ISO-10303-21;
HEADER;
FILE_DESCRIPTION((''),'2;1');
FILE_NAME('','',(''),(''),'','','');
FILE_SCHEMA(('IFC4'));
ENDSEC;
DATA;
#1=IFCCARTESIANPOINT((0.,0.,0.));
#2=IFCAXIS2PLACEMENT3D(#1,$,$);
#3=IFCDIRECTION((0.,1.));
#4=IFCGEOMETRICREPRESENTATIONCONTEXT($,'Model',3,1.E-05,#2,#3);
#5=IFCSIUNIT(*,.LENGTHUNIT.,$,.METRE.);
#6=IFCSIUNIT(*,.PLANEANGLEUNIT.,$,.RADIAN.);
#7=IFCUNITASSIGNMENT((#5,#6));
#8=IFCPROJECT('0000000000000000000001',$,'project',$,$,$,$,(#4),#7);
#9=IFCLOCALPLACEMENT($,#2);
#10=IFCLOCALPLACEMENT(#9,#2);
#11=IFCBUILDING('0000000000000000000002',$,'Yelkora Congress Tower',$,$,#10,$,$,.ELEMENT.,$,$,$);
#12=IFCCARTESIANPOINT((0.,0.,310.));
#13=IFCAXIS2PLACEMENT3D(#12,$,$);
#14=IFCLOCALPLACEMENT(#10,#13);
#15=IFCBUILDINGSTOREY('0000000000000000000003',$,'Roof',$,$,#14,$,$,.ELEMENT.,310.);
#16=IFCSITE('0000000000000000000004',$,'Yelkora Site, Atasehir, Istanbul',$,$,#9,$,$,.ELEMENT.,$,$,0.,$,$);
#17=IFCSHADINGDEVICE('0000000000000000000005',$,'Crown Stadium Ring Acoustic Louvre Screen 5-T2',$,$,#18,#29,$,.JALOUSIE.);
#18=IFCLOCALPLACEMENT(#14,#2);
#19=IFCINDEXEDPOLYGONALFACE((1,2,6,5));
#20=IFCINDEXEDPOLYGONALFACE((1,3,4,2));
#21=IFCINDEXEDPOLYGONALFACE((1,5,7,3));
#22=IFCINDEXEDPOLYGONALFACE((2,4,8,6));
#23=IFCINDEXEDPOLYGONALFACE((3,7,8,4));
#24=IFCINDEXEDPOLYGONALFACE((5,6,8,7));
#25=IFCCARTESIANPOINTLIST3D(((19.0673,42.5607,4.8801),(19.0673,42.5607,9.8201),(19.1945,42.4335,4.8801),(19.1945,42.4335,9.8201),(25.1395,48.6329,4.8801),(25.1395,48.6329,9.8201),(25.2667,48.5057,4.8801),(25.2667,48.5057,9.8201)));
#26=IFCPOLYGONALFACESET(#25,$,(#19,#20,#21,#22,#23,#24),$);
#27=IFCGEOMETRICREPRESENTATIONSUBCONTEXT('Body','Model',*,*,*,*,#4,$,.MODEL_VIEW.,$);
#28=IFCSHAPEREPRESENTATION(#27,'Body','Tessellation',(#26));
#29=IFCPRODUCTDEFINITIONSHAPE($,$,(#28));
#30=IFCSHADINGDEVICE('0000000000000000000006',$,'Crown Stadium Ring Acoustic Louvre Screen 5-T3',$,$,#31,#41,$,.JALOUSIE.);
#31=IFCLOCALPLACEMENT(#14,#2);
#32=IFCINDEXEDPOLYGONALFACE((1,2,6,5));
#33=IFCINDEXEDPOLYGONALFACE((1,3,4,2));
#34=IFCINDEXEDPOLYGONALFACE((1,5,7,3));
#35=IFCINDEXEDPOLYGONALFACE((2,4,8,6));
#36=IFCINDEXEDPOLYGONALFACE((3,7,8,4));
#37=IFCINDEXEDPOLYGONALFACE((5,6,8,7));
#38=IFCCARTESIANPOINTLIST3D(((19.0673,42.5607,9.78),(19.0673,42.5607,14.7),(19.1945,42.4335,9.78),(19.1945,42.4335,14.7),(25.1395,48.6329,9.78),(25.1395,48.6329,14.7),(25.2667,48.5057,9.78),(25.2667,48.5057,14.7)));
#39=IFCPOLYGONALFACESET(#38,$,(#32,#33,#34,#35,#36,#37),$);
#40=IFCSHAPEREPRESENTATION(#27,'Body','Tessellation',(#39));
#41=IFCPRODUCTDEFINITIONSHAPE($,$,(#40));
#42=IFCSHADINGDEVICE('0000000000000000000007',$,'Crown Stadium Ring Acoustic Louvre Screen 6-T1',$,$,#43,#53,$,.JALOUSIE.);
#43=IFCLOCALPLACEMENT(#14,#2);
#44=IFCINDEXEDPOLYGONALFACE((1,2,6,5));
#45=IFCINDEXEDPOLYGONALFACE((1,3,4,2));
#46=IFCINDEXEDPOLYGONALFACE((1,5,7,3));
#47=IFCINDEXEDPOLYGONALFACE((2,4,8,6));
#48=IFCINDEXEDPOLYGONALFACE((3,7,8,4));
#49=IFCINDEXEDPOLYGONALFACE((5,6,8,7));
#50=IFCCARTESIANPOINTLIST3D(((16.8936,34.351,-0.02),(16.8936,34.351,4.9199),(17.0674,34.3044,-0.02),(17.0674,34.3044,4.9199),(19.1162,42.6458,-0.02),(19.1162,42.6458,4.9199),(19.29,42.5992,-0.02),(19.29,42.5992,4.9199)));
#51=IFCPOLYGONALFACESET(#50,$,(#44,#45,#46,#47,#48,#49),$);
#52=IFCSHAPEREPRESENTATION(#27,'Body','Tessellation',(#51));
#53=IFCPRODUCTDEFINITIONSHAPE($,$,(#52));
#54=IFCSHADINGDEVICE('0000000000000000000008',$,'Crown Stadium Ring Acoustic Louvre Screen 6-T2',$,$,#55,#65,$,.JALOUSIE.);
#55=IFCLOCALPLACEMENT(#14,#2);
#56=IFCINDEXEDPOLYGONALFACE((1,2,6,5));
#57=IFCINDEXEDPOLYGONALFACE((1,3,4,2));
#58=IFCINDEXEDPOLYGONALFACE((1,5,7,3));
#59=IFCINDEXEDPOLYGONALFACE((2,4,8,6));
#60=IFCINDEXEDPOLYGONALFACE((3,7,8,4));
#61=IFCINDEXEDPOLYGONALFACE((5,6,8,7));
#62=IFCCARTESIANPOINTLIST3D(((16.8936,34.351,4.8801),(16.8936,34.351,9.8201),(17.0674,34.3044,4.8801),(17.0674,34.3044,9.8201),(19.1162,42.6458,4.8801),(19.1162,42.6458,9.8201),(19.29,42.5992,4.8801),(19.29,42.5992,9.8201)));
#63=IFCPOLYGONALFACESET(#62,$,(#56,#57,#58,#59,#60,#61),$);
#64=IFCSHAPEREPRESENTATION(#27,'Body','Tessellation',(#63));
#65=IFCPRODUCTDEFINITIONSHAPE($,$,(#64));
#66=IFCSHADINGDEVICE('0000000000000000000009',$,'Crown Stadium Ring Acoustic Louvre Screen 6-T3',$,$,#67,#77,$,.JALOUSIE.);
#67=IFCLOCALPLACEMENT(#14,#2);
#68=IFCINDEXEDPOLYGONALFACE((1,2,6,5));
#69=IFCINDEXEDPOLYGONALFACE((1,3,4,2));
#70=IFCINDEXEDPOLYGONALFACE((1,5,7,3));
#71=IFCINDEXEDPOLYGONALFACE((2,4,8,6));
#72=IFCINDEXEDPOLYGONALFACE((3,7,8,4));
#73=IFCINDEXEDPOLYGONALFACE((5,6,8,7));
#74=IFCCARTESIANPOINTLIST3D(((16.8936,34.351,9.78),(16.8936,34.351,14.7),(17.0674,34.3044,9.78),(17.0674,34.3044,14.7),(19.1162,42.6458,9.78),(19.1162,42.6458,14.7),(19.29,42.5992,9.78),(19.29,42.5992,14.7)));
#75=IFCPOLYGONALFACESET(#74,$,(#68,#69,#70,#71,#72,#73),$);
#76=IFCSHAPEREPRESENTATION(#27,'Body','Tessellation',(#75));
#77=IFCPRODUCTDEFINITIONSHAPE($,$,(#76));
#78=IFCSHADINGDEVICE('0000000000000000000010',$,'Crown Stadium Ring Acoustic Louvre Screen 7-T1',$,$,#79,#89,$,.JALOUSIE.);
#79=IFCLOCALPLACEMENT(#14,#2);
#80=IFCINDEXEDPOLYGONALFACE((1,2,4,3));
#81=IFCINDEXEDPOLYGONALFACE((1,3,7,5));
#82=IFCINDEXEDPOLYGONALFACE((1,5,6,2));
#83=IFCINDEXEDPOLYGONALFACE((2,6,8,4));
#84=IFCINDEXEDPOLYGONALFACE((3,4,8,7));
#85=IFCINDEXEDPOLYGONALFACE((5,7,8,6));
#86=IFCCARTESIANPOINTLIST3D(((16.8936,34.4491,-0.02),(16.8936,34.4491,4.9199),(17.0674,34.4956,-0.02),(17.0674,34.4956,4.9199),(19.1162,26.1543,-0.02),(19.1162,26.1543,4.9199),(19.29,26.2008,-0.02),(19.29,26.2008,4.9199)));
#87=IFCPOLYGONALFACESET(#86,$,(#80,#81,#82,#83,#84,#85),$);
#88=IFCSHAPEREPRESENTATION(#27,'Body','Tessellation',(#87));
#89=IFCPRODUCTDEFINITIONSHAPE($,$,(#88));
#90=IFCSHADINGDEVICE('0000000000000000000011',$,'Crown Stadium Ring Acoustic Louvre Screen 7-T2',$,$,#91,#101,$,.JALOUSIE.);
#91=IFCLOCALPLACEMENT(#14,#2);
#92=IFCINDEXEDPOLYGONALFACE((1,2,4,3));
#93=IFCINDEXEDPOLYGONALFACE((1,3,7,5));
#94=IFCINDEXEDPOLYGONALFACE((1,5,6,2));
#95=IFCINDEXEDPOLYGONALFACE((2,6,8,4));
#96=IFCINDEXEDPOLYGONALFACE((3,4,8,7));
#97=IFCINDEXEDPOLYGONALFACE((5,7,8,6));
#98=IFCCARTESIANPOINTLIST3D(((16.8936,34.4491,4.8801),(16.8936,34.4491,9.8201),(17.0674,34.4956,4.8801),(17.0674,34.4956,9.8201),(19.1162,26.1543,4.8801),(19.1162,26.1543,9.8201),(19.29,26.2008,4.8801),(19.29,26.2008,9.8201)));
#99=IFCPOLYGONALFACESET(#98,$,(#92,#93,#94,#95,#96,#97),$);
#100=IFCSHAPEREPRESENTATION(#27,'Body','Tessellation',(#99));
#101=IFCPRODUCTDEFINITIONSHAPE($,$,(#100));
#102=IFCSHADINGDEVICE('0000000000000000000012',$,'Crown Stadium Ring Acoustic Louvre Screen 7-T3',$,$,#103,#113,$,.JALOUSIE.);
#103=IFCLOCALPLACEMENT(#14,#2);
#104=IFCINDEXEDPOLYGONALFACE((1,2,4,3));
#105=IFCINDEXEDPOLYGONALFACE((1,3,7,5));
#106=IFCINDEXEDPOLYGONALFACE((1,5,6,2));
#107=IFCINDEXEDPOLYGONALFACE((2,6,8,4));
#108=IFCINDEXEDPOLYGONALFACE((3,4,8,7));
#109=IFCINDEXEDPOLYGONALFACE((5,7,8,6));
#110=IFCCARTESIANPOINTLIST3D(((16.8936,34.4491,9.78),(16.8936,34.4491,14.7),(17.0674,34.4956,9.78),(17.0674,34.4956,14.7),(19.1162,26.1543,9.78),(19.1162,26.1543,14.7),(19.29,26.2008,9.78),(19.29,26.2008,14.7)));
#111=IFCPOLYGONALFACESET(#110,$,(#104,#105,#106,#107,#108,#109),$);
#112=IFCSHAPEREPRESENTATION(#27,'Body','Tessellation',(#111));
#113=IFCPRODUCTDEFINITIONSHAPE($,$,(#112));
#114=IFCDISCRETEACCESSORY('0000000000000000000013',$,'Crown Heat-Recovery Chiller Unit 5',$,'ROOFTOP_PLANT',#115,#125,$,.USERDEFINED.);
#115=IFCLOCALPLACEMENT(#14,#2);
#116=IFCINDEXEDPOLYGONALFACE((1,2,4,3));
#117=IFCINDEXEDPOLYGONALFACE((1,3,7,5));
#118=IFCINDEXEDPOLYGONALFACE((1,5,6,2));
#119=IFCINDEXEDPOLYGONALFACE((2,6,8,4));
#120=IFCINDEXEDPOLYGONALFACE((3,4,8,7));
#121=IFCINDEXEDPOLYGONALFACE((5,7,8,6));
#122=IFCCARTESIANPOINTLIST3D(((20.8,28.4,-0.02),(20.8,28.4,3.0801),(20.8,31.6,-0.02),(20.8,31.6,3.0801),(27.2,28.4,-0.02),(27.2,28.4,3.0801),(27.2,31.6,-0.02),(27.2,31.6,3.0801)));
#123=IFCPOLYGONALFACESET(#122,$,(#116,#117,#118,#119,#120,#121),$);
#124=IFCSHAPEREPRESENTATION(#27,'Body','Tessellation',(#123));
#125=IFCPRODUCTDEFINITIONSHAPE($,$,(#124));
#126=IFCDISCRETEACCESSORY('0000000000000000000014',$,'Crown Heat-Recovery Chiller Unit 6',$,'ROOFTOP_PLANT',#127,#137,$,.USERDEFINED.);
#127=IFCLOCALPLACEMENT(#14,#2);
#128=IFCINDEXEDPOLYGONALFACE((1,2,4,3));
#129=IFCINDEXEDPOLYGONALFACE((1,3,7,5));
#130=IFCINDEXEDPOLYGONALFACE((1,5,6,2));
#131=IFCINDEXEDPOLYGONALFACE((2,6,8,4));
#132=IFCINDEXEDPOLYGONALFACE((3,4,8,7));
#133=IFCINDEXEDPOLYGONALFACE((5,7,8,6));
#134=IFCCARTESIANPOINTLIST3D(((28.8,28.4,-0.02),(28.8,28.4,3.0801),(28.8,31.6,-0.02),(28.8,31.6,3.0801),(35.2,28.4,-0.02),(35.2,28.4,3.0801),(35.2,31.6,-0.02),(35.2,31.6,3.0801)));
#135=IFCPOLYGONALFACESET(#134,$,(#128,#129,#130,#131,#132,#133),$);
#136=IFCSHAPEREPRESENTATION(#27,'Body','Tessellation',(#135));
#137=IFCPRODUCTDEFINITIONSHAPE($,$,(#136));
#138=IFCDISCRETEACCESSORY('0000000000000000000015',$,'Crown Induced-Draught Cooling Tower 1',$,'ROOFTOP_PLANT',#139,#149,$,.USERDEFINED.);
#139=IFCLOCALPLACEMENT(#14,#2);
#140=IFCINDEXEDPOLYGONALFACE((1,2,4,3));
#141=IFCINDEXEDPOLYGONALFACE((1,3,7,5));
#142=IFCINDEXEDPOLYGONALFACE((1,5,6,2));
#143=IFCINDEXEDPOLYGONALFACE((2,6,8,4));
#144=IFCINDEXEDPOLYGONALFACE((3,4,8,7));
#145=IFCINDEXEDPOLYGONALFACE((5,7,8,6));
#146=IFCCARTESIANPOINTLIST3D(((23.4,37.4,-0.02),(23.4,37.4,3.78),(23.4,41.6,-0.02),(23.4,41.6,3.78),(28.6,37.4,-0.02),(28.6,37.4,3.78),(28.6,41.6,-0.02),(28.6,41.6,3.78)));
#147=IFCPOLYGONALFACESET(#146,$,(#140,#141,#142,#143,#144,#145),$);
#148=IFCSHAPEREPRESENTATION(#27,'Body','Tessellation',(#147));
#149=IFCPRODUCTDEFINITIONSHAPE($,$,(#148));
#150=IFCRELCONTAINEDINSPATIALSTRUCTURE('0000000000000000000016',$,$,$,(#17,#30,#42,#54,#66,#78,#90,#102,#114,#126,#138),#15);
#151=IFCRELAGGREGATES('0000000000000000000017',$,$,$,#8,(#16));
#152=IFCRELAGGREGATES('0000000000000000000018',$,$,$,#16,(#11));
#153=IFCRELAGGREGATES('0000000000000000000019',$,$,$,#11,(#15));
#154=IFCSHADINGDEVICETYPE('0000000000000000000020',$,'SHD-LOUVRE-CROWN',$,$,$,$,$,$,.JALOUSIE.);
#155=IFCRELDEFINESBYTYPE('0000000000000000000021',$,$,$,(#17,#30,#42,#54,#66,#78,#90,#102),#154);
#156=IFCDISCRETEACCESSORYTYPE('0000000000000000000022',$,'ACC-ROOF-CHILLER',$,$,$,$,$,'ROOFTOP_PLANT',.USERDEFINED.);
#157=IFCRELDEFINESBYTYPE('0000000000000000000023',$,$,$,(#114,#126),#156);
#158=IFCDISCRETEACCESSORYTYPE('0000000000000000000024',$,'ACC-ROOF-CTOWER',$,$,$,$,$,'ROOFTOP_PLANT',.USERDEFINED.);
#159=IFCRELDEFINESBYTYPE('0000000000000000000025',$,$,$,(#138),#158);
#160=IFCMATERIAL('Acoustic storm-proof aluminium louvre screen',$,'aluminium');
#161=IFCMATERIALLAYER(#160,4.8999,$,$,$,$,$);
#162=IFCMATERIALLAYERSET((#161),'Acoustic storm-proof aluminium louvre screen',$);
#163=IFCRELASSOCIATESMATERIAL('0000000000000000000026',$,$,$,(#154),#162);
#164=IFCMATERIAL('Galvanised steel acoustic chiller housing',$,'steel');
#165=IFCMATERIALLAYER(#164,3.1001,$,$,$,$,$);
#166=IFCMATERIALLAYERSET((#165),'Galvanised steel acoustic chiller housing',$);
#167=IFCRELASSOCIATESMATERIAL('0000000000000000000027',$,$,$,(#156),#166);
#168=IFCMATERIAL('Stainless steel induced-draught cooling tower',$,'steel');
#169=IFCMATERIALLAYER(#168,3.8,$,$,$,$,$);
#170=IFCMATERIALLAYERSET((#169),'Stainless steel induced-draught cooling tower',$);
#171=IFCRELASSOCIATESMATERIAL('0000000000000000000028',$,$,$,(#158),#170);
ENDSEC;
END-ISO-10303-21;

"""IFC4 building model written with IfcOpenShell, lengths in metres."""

from ifc_helpers import new_model, si_unit, direction, frame, origin, origin_2d, place, context, subcontext, project, spatial, rectangle, extrude, material, layer, layer_set, type_object, element, save


model = new_model("IFC4")

# Units and contexts
model_context = context("Model", 3, precision=1e-05, world=origin(), true_north=direction((0.0, 1.0)))
body_context = subcontext(model_context, "Body", "Model", "MODEL_VIEW")
ifc_project = project(units=[si_unit("LENGTHUNIT", "METRE"), si_unit("PLANEANGLEUNIT", "RADIAN")], contexts=[model_context])

# Site, building, storey
site_placement = place(None, origin())
site = spatial("IfcSite", under=ifc_project, at=site_placement, Name="Yelkora Site, Atasehir, Istanbul", CompositionType="ELEMENT", RefElevation=0.0)
building_placement = place(site_placement, origin())
building = spatial("IfcBuilding", under=site, at=building_placement, Name="Yelkora Congress Tower", CompositionType="ELEMENT")
storey_placement = place(building_placement, frame((0.0, 0.0, 310.0)))
storey = spatial("IfcBuildingStorey", under=building, at=storey_placement, Name="Roof", CompositionType="ELEMENT", Elevation=310.0)

# Shading devices
ifc_material_1 = material(Name="Acoustic storm-proof aluminium louvre screen", Category="aluminium")
ifc_layer_1 = layer(ifc_material_1, 4.8999)
ifc_layer_set_1 = layer_set([ifc_layer_1], Name="Acoustic storm-proof aluminium louvre screen")
shading_device_type = type_object("IfcShadingDeviceType", Name="SHD-LOUVRE-CROWN", PredefinedType="JALOUSIE", material=ifc_layer_set_1)
for number, where, z_axis, x_axis, name in (
    (1, (22.167, 45.5332, 4.8801), (0.0, 0.0, 1.0), (-0.707107, -0.707107, 0.0), "Crown Stadium Ring Acoustic Louvre Screen 5-T2"),
):
    element("IfcShadingDevice", number, at=place(storey_placement, frame(where, z_axis=z_axis, x_axis=x_axis)), inside=storey, type_object=shading_device_type, Name=name, PredefinedType="JALOUSIE", context=body_context, shape_type="SweptSolid", body=[
        extrude(rectangle(XDim=8.5874, YDim=0.1799, at=origin_2d()), origin(), (0.0, 0.0, 1.0), 4.9399),
    ])
shading_device_1_placement = place(storey_placement, frame((22.167, 45.5332, 9.78), z_axis=(0.0, 0.0, 1.0), x_axis=(-0.707107, -0.707107, 0.0)))
element("IfcShadingDevice", 2, at=shading_device_1_placement, inside=storey, type_object=shading_device_type, Name="Crown Stadium Ring Acoustic Louvre Screen 5-T3", PredefinedType="JALOUSIE", context=body_context, shape_type="SweptSolid", body=[
    extrude(rectangle(XDim=8.5874, YDim=0.1799, at=origin_2d()), origin(), (0.0, 0.0, 1.0), 4.9199),
])
for number, where, z_axis, x_axis, name in (
    (3, (18.0918, 38.4751, -0.02), (0.0, 0.0, 1.0), (-0.258819, -0.965926, 0.0), "Crown Stadium Ring Acoustic Louvre Screen 6-T1"),
    (4, (18.0918, 38.4751, 4.8801), (0.0, 0.0, 1.0), (-0.258819, -0.965926, 0.0), "Crown Stadium Ring Acoustic Louvre Screen 6-T2"),
):
    element("IfcShadingDevice", number, at=place(storey_placement, frame(where, z_axis=z_axis, x_axis=x_axis)), inside=storey, type_object=shading_device_type, Name=name, PredefinedType="JALOUSIE", context=body_context, shape_type="SweptSolid", body=[
        extrude(rectangle(XDim=8.5874, YDim=0.1799, at=origin_2d()), origin(), (0.0, 0.0, 1.0), 4.9399),
    ])
shading_device_2_placement = place(storey_placement, frame((18.0918, 38.4751, 9.78), z_axis=(0.0, 0.0, 1.0), x_axis=(-0.258819, -0.965926, 0.0)))
element("IfcShadingDevice", 5, at=shading_device_2_placement, inside=storey, type_object=shading_device_type, Name="Crown Stadium Ring Acoustic Louvre Screen 6-T3", PredefinedType="JALOUSIE", context=body_context, shape_type="SweptSolid", body=[
    extrude(rectangle(XDim=8.5874, YDim=0.1799, at=origin_2d()), origin(), (0.0, 0.0, 1.0), 4.9199),
])
for number, where, z_axis, x_axis, name in (
    (6, (18.0918, 30.325, -0.02), (0.0, 0.0, 1.0), (0.258819, -0.965926, 0.0), "Crown Stadium Ring Acoustic Louvre Screen 7-T1"),
    (7, (18.0918, 30.325, 4.8801), (0.0, 0.0, 1.0), (0.258819, -0.965926, 0.0), "Crown Stadium Ring Acoustic Louvre Screen 7-T2"),
):
    element("IfcShadingDevice", number, at=place(storey_placement, frame(where, z_axis=z_axis, x_axis=x_axis)), inside=storey, type_object=shading_device_type, Name=name, PredefinedType="JALOUSIE", context=body_context, shape_type="SweptSolid", body=[
        extrude(rectangle(XDim=8.5874, YDim=0.1799, at=origin_2d()), origin(), (0.0, 0.0, 1.0), 4.9399),
    ])
shading_device_3_placement = place(storey_placement, frame((18.0918, 30.325, 9.78), z_axis=(0.0, 0.0, 1.0), x_axis=(0.258819, -0.965926, 0.0)))
element("IfcShadingDevice", 8, at=shading_device_3_placement, inside=storey, type_object=shading_device_type, Name="Crown Stadium Ring Acoustic Louvre Screen 7-T3", PredefinedType="JALOUSIE", context=body_context, shape_type="SweptSolid", body=[
    extrude(rectangle(XDim=8.5874, YDim=0.1799, at=origin_2d()), origin(), (0.0, 0.0, 1.0), 4.9199),
])

# Discrete accessories
ifc_material_2 = material(Name="Galvanised steel acoustic chiller housing", Category="steel")
ifc_layer_2 = layer(ifc_material_2, 3.1001)
ifc_layer_set_2 = layer_set([ifc_layer_2], Name="Galvanised steel acoustic chiller housing")
discrete_accessory_type_1 = type_object("IfcDiscreteAccessoryType", Name="ACC-ROOF-CHILLER", ElementType="ROOFTOP_PLANT", PredefinedType="USERDEFINED", material=ifc_layer_set_2)
for number, where, z_axis, x_axis, name in (
    (9, (24.0, 30.0, -0.02), (0.0, 0.0, 1.0), (1.0, 0.0, 0.0), "Crown Heat-Recovery Chiller Unit 5"),
    (10, (32.0, 30.0, -0.02), (0.0, 0.0, 1.0), (1.0, 0.0, 0.0), "Crown Heat-Recovery Chiller Unit 6"),
):
    element("IfcDiscreteAccessory", number, at=place(storey_placement, frame(where, z_axis=z_axis, x_axis=x_axis)), inside=storey, type_object=discrete_accessory_type_1, Name=name, ObjectType="ROOFTOP_PLANT", PredefinedType="USERDEFINED", context=body_context, shape_type="SweptSolid", body=[
        extrude(rectangle(XDim=6.3999, YDim=3.2, at=origin_2d()), origin(), (0.0, 0.0, 1.0), 3.1001),
    ])
ifc_material_3 = material(Name="Stainless steel induced-draught cooling tower", Category="steel")
ifc_layer_3 = layer(ifc_material_3, 3.8)
ifc_layer_set_3 = layer_set([ifc_layer_3], Name="Stainless steel induced-draught cooling tower")
discrete_accessory_type_2 = type_object("IfcDiscreteAccessoryType", Name="ACC-ROOF-CTOWER", ElementType="ROOFTOP_PLANT", PredefinedType="USERDEFINED", material=ifc_layer_set_3)
discrete_accessory_placement = place(storey_placement, frame((26.0, 39.5, -0.02), z_axis=(0.0, 0.0, 1.0), x_axis=(1.0, 0.0, 0.0)))
element("IfcDiscreteAccessory", 11, at=discrete_accessory_placement, inside=storey, type_object=discrete_accessory_type_2, Name="Crown Induced-Draught Cooling Tower 1", ObjectType="ROOFTOP_PLANT", PredefinedType="USERDEFINED", context=body_context, shape_type="SweptSolid", body=[
    extrude(rectangle(XDim=5.2, YDim=4.2, at=origin_2d()), origin(), (0.0, 0.0, 1.0), 3.8),
])

save(model, "model.ifc")
